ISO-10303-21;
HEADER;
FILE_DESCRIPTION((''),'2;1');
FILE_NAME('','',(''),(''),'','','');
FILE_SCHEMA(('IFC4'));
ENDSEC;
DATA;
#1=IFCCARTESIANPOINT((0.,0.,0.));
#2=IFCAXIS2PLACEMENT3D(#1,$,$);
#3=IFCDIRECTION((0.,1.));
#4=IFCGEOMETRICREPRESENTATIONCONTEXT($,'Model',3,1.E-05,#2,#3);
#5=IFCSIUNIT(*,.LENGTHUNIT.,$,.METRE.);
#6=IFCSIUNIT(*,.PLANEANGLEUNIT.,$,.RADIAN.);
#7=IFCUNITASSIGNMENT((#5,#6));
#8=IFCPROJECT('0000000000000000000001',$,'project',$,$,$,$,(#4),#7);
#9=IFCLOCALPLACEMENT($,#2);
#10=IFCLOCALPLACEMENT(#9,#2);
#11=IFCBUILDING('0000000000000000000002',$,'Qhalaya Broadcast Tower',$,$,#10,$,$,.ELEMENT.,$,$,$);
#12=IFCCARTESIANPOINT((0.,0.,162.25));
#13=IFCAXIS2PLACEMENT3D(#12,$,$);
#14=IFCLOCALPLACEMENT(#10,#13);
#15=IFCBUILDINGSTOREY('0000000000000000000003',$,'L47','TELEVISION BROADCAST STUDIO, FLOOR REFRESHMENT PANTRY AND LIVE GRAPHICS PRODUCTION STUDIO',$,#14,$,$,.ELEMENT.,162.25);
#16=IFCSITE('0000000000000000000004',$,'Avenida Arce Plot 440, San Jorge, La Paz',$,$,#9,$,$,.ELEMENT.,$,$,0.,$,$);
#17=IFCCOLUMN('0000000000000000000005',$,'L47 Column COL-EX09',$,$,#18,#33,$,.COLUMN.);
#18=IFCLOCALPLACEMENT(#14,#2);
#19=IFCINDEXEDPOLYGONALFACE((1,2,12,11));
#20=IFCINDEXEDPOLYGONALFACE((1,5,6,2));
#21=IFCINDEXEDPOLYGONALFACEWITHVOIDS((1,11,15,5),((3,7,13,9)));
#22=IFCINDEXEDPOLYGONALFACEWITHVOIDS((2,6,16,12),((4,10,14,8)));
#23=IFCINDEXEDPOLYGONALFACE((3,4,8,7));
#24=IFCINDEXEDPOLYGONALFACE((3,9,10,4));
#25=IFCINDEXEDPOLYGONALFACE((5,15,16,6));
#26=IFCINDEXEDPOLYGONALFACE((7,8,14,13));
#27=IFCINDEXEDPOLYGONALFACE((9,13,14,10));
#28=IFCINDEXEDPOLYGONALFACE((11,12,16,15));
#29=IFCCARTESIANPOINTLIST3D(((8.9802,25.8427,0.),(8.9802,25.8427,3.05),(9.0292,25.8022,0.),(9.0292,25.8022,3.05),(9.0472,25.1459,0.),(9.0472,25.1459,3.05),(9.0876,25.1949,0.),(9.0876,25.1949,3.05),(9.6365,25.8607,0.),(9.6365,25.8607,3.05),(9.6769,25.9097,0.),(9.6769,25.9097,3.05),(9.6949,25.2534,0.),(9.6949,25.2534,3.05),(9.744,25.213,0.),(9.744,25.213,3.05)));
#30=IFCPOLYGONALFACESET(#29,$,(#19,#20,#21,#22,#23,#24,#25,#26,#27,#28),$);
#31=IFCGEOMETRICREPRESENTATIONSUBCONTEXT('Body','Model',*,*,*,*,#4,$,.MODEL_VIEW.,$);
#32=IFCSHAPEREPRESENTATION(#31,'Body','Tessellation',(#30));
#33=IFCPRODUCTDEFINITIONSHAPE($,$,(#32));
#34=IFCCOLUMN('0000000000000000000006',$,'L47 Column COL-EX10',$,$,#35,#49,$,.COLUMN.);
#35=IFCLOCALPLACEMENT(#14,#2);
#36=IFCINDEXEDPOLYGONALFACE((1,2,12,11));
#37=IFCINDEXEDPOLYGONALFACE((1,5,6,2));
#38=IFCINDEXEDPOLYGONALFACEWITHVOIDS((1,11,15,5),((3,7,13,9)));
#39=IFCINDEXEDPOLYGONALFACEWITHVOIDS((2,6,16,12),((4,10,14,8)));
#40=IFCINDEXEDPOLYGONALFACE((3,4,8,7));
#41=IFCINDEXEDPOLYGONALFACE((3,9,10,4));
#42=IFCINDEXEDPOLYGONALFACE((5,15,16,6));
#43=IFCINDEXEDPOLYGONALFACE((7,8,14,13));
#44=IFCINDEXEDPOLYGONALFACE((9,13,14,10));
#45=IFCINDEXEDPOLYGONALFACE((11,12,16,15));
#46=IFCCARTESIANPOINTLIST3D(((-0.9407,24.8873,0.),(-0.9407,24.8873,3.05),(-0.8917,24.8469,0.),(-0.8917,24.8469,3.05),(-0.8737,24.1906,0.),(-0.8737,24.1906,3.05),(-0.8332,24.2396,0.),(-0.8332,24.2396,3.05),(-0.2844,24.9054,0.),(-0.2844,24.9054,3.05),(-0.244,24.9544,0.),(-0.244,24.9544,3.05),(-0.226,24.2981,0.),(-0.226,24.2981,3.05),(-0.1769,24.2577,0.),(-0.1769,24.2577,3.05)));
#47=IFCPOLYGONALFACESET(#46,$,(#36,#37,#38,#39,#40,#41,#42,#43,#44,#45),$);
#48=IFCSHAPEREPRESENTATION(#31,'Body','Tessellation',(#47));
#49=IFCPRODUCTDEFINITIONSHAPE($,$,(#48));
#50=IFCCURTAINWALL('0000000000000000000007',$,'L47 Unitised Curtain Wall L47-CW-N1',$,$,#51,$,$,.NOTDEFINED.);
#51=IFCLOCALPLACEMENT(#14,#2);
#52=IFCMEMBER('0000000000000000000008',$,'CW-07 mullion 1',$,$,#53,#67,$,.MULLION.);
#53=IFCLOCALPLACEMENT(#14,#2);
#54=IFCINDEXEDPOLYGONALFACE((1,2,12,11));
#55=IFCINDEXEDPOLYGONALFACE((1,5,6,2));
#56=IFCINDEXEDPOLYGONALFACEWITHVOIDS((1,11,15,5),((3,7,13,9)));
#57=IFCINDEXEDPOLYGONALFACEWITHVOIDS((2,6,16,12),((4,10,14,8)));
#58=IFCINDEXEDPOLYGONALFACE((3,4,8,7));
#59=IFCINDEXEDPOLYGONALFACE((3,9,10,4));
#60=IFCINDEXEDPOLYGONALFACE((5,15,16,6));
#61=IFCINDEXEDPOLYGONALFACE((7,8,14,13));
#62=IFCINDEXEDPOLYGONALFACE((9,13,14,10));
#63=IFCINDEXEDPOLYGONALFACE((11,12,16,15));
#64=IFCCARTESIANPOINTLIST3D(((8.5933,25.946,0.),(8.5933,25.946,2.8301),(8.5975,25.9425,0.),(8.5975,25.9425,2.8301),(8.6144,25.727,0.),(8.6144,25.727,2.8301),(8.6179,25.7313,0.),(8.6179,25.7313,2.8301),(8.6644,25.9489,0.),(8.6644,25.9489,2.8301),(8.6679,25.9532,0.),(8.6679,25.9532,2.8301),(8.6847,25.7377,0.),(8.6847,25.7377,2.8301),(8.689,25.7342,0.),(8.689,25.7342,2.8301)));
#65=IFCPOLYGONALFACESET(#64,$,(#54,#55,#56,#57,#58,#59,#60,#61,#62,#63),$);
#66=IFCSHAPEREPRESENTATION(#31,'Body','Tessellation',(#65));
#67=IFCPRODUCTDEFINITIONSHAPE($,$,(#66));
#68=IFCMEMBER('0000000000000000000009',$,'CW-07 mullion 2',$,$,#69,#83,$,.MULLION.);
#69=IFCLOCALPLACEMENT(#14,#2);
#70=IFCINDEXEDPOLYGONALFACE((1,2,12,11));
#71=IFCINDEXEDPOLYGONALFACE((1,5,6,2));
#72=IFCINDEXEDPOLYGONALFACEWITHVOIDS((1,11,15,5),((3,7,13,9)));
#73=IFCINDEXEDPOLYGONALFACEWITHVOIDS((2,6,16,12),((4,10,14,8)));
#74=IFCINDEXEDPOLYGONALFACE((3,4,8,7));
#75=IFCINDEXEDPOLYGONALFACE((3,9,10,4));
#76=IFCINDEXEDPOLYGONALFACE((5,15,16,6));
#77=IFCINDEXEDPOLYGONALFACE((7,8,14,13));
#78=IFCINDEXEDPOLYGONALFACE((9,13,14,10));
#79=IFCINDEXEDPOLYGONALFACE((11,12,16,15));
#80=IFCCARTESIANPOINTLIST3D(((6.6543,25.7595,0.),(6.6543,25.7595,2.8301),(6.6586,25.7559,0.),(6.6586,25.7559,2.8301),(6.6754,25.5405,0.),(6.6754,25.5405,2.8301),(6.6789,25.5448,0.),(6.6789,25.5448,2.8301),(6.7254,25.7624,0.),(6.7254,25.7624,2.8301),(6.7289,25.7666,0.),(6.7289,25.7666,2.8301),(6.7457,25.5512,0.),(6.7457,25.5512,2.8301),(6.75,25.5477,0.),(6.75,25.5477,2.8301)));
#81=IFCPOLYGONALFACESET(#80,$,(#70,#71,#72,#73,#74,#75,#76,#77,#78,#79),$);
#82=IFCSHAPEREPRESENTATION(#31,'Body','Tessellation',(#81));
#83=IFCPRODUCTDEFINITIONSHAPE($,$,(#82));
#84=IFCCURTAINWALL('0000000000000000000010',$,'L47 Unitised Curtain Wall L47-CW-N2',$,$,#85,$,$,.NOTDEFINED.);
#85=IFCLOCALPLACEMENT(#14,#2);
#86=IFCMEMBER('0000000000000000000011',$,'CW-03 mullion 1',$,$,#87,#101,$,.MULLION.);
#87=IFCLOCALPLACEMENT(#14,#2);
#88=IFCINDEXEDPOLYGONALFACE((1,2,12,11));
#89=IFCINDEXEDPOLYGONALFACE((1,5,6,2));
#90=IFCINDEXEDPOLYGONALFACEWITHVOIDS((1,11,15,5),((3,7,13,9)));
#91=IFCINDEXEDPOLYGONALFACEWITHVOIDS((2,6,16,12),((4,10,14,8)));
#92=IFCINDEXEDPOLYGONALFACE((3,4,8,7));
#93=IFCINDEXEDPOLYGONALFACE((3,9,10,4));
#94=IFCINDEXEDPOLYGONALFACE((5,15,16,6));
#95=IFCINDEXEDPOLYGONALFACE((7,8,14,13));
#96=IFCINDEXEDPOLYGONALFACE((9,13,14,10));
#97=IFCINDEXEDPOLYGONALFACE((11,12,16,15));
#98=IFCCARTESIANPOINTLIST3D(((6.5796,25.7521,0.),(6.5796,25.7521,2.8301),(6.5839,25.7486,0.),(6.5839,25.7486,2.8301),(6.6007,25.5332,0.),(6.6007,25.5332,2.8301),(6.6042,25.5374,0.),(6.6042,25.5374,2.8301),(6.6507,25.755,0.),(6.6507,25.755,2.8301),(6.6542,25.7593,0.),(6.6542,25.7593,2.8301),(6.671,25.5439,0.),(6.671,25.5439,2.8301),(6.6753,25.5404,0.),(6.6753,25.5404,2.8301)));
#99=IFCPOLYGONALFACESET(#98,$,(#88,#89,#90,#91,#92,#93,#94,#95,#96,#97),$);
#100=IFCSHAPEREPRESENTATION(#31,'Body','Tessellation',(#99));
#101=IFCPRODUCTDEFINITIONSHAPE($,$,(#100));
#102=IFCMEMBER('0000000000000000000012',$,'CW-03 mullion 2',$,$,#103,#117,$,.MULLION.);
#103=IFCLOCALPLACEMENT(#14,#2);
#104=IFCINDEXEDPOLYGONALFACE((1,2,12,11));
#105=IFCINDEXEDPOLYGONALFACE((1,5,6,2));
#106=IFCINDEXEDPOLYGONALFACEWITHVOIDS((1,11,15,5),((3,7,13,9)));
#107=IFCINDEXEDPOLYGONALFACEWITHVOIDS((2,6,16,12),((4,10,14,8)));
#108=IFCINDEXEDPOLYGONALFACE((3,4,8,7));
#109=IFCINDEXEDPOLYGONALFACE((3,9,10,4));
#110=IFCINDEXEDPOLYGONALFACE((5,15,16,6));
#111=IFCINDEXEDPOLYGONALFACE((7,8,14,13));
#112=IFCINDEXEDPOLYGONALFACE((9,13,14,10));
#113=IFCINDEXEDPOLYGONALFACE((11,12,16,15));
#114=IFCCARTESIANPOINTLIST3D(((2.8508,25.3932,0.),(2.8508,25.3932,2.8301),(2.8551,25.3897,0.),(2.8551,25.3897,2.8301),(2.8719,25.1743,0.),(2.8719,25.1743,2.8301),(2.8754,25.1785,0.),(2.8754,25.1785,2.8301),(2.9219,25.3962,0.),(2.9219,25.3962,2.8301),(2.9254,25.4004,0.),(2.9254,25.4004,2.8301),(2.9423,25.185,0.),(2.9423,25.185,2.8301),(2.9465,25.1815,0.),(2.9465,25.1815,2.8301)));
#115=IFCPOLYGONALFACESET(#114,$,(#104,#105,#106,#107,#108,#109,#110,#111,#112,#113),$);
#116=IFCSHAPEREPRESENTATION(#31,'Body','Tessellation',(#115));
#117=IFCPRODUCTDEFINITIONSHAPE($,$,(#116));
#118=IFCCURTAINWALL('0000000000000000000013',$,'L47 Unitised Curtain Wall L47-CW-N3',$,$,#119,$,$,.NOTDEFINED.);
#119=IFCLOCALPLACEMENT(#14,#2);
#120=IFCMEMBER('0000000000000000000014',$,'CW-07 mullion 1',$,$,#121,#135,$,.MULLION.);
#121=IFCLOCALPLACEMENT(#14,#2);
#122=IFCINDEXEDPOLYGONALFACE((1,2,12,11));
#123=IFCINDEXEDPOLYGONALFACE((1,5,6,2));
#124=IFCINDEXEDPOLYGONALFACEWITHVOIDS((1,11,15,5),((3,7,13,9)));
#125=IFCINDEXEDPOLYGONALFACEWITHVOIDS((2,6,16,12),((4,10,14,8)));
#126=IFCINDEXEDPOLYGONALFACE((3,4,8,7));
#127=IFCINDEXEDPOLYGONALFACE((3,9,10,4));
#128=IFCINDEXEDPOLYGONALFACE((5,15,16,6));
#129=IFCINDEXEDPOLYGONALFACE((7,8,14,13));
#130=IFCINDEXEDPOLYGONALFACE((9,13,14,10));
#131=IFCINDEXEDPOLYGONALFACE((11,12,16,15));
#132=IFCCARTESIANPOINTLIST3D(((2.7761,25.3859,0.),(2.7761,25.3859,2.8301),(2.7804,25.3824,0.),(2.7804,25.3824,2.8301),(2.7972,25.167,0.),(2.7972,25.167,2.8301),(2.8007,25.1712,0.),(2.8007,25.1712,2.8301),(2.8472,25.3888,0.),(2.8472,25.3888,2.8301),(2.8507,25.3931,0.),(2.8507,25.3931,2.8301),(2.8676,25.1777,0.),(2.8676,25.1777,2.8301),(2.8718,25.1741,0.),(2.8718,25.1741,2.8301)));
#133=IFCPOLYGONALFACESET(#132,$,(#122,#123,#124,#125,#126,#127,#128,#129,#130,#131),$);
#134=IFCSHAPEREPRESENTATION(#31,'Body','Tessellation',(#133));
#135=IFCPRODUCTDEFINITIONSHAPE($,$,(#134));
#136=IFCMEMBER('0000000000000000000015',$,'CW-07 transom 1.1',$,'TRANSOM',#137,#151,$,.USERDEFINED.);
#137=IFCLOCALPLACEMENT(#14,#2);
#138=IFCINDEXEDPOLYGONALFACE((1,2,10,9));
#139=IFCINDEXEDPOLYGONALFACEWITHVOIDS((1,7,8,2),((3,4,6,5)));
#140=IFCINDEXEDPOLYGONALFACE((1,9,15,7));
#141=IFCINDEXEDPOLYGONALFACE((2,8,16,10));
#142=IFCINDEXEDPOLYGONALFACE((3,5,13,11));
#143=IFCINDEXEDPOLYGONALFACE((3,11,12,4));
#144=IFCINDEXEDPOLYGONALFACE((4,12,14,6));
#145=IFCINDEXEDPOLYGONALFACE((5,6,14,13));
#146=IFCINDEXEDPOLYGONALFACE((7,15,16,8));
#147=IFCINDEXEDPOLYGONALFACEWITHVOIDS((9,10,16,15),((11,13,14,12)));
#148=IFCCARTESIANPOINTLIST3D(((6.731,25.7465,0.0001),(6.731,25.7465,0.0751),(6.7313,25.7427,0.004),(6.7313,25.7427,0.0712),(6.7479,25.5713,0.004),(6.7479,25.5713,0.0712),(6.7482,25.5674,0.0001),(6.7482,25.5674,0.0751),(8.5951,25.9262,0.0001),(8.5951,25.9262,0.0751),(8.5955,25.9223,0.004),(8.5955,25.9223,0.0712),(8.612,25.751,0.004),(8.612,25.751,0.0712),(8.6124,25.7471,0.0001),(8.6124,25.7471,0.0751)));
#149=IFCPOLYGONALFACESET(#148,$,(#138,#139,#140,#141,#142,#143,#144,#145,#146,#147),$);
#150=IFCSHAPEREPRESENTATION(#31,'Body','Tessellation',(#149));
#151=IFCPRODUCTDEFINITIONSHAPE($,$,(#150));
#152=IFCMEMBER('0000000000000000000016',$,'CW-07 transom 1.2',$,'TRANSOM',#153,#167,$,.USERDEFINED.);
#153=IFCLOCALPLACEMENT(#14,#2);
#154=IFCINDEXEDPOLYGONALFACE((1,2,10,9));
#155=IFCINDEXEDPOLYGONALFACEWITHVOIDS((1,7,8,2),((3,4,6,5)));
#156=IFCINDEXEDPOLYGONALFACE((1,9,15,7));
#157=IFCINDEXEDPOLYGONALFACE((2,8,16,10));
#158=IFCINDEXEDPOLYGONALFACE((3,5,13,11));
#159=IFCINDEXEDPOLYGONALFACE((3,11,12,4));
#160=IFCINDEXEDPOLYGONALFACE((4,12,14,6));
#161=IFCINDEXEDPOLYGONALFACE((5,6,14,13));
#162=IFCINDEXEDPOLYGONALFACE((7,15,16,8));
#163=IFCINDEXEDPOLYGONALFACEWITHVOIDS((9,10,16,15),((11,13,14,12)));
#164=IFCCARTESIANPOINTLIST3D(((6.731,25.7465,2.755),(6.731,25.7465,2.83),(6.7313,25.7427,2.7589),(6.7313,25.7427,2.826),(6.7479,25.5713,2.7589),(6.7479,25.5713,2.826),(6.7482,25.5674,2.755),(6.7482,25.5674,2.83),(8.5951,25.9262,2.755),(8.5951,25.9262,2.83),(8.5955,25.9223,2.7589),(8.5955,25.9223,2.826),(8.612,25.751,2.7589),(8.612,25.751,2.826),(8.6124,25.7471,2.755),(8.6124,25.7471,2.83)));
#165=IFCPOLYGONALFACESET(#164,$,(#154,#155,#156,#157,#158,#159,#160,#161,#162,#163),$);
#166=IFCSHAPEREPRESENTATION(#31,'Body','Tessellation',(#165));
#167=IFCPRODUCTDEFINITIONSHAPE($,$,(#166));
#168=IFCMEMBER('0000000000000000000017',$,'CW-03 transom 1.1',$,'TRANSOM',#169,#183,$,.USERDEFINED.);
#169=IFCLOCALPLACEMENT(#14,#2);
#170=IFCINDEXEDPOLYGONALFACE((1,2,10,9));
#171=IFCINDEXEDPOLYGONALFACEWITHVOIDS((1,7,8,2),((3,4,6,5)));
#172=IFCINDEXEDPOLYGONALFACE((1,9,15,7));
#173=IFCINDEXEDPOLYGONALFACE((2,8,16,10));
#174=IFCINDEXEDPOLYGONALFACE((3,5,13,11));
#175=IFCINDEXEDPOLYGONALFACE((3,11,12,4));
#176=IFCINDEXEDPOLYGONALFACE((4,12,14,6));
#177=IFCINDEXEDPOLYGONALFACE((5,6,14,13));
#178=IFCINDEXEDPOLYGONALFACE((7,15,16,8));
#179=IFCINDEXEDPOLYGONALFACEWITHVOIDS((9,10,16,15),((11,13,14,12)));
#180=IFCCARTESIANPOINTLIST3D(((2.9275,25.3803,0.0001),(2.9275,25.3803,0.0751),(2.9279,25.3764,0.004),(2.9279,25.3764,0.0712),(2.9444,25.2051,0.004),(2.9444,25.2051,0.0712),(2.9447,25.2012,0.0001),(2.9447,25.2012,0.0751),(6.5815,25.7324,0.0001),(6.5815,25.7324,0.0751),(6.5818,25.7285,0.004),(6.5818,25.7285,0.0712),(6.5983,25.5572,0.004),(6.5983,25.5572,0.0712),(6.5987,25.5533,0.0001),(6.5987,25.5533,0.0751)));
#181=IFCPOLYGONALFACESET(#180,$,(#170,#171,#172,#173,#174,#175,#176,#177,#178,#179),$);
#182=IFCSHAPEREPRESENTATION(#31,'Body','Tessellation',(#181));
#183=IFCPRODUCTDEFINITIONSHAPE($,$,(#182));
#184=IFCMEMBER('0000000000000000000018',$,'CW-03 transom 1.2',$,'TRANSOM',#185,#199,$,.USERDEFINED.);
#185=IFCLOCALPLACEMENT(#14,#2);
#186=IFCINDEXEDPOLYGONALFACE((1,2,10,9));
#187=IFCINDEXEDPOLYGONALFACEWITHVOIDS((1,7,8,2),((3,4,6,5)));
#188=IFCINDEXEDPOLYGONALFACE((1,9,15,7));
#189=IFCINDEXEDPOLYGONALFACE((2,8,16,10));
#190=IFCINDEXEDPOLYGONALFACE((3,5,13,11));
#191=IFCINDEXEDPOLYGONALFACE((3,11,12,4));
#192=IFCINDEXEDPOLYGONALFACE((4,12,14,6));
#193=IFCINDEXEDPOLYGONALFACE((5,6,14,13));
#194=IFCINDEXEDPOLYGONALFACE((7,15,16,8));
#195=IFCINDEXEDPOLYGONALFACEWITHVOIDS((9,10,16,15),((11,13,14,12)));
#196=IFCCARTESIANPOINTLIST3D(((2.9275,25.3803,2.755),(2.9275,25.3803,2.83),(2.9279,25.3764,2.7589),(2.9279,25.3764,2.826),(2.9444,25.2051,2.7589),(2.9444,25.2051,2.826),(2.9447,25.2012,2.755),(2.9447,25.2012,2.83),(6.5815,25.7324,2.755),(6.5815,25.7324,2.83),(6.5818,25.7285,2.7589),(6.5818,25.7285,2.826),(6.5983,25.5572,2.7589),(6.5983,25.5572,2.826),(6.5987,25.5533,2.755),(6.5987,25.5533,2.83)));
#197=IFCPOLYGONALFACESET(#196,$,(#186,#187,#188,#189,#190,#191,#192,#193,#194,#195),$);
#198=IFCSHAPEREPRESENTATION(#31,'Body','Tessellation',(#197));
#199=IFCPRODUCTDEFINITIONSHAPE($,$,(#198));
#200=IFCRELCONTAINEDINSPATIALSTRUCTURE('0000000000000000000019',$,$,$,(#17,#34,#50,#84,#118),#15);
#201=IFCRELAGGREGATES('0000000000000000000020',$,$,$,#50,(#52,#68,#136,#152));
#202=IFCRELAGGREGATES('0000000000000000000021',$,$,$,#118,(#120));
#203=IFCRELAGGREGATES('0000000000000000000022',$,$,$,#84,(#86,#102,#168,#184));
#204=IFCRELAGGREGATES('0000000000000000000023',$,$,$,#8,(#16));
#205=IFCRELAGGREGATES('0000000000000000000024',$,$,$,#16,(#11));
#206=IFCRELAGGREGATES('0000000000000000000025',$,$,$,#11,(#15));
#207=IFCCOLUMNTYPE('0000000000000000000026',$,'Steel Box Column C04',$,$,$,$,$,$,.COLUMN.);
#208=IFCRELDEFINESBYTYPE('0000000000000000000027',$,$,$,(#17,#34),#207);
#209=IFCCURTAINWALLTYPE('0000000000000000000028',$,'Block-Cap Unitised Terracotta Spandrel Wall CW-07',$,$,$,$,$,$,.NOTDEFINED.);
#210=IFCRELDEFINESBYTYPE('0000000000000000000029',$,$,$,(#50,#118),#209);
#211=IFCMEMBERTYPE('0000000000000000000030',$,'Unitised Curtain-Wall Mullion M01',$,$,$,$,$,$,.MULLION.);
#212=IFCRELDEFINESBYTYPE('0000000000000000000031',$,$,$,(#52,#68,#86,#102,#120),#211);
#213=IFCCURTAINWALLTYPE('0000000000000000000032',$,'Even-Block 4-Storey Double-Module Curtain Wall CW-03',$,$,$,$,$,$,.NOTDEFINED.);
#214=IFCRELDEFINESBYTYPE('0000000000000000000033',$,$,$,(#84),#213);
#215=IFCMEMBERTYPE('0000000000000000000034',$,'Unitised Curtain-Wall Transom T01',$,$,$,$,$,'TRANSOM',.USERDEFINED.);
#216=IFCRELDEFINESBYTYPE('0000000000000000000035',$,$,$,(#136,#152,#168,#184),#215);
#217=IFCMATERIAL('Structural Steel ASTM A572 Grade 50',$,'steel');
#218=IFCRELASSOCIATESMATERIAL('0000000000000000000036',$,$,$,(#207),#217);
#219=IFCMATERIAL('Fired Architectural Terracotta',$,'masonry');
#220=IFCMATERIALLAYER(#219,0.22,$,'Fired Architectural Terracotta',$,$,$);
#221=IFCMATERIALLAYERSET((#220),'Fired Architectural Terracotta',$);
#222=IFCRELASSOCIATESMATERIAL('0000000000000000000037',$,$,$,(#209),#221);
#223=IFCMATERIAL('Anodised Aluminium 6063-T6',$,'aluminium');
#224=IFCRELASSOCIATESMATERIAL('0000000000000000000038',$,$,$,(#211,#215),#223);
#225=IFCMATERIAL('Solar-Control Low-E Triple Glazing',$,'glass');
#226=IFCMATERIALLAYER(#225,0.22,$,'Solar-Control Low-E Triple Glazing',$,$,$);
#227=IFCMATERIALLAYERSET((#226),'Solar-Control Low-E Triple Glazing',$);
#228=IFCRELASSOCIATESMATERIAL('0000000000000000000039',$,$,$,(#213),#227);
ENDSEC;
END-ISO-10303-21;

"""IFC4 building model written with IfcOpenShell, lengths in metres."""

from ifc_helpers import new_model, si_unit, direction, frame, origin, origin_2d, place, context, subcontext, project, spatial, hollow_rectangle, extrude, material, layer, layer_set, material_profile, profile_set, type_object, element, aggregate, save


model = new_model("IFC4")

# Units and contexts
model_context = context("Model", 3, precision=1e-05, world=origin(), true_north=direction((0.0, 1.0)))
body_context = subcontext(model_context, "Body", "Model", "MODEL_VIEW")
ifc_project = project(units=[si_unit("LENGTHUNIT", "METRE"), si_unit("PLANEANGLEUNIT", "RADIAN")], contexts=[model_context])

# Site, building, storey
site_placement = place(None, origin())
site = spatial("IfcSite", under=ifc_project, at=site_placement, Name="Avenida Arce Plot 440, San Jorge, La Paz", CompositionType="ELEMENT", RefElevation=0.0)
building_placement = place(site_placement, origin())
building = spatial("IfcBuilding", under=site, at=building_placement, Name="Qhalaya Broadcast Tower", CompositionType="ELEMENT")
storey_placement = place(building_placement, frame((0.0, 0.0, 162.25)))
storey = spatial("IfcBuildingStorey", under=building, at=storey_placement, Name="L47", Description="TELEVISION BROADCAST STUDIO, FLOOR REFRESHMENT PANTRY AND LIVE GRAPHICS PRODUCTION STUDIO", CompositionType="ELEMENT", Elevation=162.25)

# Columns
ifc_material_1 = material(Name="Structural Steel ASTM A572 Grade 50", Category="steel")
ifc_material_profile_1 = material_profile(ifc_material_1, hollow_rectangle(XDim=0.7, YDim=0.7, WallThickness=0.0449, at=origin_2d()), Name="BOX 700x700x45")
ifc_profile_set_1 = profile_set([ifc_material_profile_1], Name="Structural Steel ASTM A572 Grade 50")
column_type = type_object("IfcColumnType", Name="Steel Box Column C04", PredefinedType="COLUMN", material=ifc_profile_set_1)
for number, where, z_axis, x_axis, name in (
    (1, (9.3621, 25.5278, 0.0), (0.0, 0.0, 1.0), (0.995396, 0.095846, 0.0), "L47 Column COL-EX09"),
    (2, (-0.5588, 24.5725, 0.0), (0.0, 0.0, 1.0), (0.995396, 0.095846, 0.0), "L47 Column COL-EX10"),
):
    element("IfcColumn", number, at=place(storey_placement, frame(where, z_axis=z_axis, x_axis=x_axis)), inside=storey, type_object=column_type, Name=name, PredefinedType="COLUMN", context=body_context, shape_type="SweptSolid", body=[
        extrude(hollow_rectangle(XDim=0.7, YDim=0.7, WallThickness=0.0449, at=origin_2d()), origin(), (0.0, 0.0, 1.0), 3.05),
    ])

# Curtain walls, members
ifc_material_2 = material(Name="Fired Architectural Terracotta", Category="masonry")
ifc_layer_1 = layer(ifc_material_2, 0.22, Name="Fired Architectural Terracotta")
ifc_layer_set_1 = layer_set([ifc_layer_1], Name="Fired Architectural Terracotta")
curtain_wall_type_1 = type_object("IfcCurtainWallType", Name="Block-Cap Unitised Terracotta Spandrel Wall CW-07", PredefinedType="NOTDEFINED", material=ifc_layer_set_1)
curtain_wall_1_placement = place(storey_placement, origin())
curtain_wall_1 = element("IfcCurtainWall", 3, at=curtain_wall_1_placement, inside=storey, type_object=curtain_wall_type_1, Name="L47 Unitised Curtain Wall L47-CW-N1", PredefinedType="NOTDEFINED")
ifc_material_3 = material(Name="Anodised Aluminium 6063-T6", Category="aluminium")
ifc_material_profile_2 = material_profile(ifc_material_3, hollow_rectangle(XDim=0.075, YDim=0.22, WallThickness=0.0039, at=origin_2d()), Name="ALU-MUL 75x220x4")
ifc_profile_set_2 = profile_set([ifc_material_profile_2], Name="Anodised Aluminium 6063-T6")
member_type_1 = type_object("IfcMemberType", Name="Unitised Curtain-Wall Mullion M01", PredefinedType="MULLION", material=ifc_profile_set_2)
member_1_placement = place(storey_placement, frame((8.6411, 25.8401, 0.0), z_axis=(0.0, 0.0, 1.0), x_axis=(-0.995396, -0.095847, 0.0)))
member_1 = element("IfcMember", 4, at=member_1_placement, type_object=member_type_1, Name="CW-07 mullion 1", PredefinedType="MULLION", context=body_context, shape_type="SweptSolid", body=[
    extrude(hollow_rectangle(XDim=0.075, YDim=0.22, WallThickness=0.0039, at=origin_2d()), origin(), (0.0, 0.0, 1.0), 2.8301),
])
member_2_placement = place(storey_placement, frame((6.7021, 25.6536, 0.0), z_axis=(0.0, 0.0, 1.0), x_axis=(-0.995396, -0.095847, 0.0)))
member_2 = element("IfcMember", 5, at=member_2_placement, type_object=member_type_1, Name="CW-07 mullion 2", PredefinedType="MULLION", context=body_context, shape_type="SweptSolid", body=[
    extrude(hollow_rectangle(XDim=0.075, YDim=0.22, WallThickness=0.0039, at=origin_2d()), origin(), (0.0, 0.0, 1.0), 2.8301),
])
ifc_material_4 = material(Name="Solar-Control Low-E Triple Glazing", Category="glass")
ifc_layer_2 = layer(ifc_material_4, 0.22, Name="Solar-Control Low-E Triple Glazing")
ifc_layer_set_2 = layer_set([ifc_layer_2], Name="Solar-Control Low-E Triple Glazing")
curtain_wall_type_2 = type_object("IfcCurtainWallType", Name="Even-Block 4-Storey Double-Module Curtain Wall CW-03", PredefinedType="NOTDEFINED", material=ifc_layer_set_2)
curtain_wall_2_placement = place(storey_placement, origin())
curtain_wall_2 = element("IfcCurtainWall", 6, at=curtain_wall_2_placement, inside=storey, type_object=curtain_wall_type_2, Name="L47 Unitised Curtain Wall L47-CW-N2", PredefinedType="NOTDEFINED")
member_3_placement = place(storey_placement, frame((6.6274, 25.6462, 0.0), z_axis=(0.0, 0.0, 1.0), x_axis=(-0.995397, -0.095839, 0.0)))
member_3 = element("IfcMember", 7, at=member_3_placement, type_object=member_type_1, Name="CW-03 mullion 1", PredefinedType="MULLION", context=body_context, shape_type="SweptSolid", body=[
    extrude(hollow_rectangle(XDim=0.075, YDim=0.22, WallThickness=0.0039, at=origin_2d()), origin(), (0.0, 0.0, 1.0), 2.8301),
])
member_4_placement = place(storey_placement, frame((2.8987, 25.2874, 0.0), z_axis=(0.0, 0.0, 1.0), x_axis=(-0.995397, -0.095839, 0.0)))
member_4 = element("IfcMember", 8, at=member_4_placement, type_object=member_type_1, Name="CW-03 mullion 2", PredefinedType="MULLION", context=body_context, shape_type="SweptSolid", body=[
    extrude(hollow_rectangle(XDim=0.075, YDim=0.22, WallThickness=0.0039, at=origin_2d()), origin(), (0.0, 0.0, 1.0), 2.8301),
])

# Curtain wall, member
curtain_wall_3_placement = place(storey_placement, origin())
curtain_wall_3 = element("IfcCurtainWall", 9, at=curtain_wall_3_placement, inside=storey, type_object=curtain_wall_type_1, Name="L47 Unitised Curtain Wall L47-CW-N3", PredefinedType="NOTDEFINED")
member_5_placement = place(storey_placement, frame((2.824, 25.28, 0.0), z_axis=(0.0, 0.0, 1.0), x_axis=(-0.995396, -0.095844, 0.0)))
member_5 = element("IfcMember", 10, at=member_5_placement, type_object=member_type_1, Name="CW-07 mullion 1", PredefinedType="MULLION", context=body_context, shape_type="SweptSolid", body=[
    extrude(hollow_rectangle(XDim=0.075, YDim=0.22, WallThickness=0.0039, at=origin_2d()), origin(), (0.0, 0.0, 1.0), 2.8301),
])

# Members
ifc_material_profile_3 = material_profile(ifc_material_3, hollow_rectangle(XDim=0.075, YDim=0.1799, WallThickness=0.0039, at=origin_2d()), Name="ALU-TRN 75x180x4")
ifc_profile_set_3 = profile_set([ifc_material_profile_3], Name="Anodised Aluminium 6063-T6")
member_type_2 = type_object("IfcMemberType", Name="Unitised Curtain-Wall Transom T01", ElementType="TRANSOM", PredefinedType="USERDEFINED", material=ifc_profile_set_3)
member_6_placement = place(storey_placement, frame((8.6038, 25.8367, 0.0376), z_axis=(-0.995387, -0.095941, 0.0), x_axis=(0.0, 0.0, 1.0)))
member_6 = element("IfcMember", 11, at=member_6_placement, type_object=member_type_2, Name="CW-07 transom 1.1", ObjectType="TRANSOM", PredefinedType="USERDEFINED", context=body_context, shape_type="SweptSolid", body=[
    extrude(hollow_rectangle(XDim=0.075, YDim=0.1799, WallThickness=0.0039, at=origin_2d()), origin(), (0.0, 0.0, 1.0), 1.8728),
])
member_7_placement = place(storey_placement, frame((8.6038, 25.8367, 2.7925), z_axis=(-0.995387, -0.095941, 0.0), x_axis=(0.0, 0.0, 1.0)))
member_7 = element("IfcMember", 12, at=member_7_placement, type_object=member_type_2, Name="CW-07 transom 1.2", ObjectType="TRANSOM", PredefinedType="USERDEFINED", context=body_context, shape_type="SweptSolid", body=[
    extrude(hollow_rectangle(XDim=0.075, YDim=0.1799, WallThickness=0.0039, at=origin_2d()), origin(), (0.0, 0.0, 1.0), 1.8728),
])
member_8_placement = place(storey_placement, frame((6.5901, 25.6428, 0.0376), z_axis=(-0.995391, -0.095901, 0.0), x_axis=(0.0, 0.0, 1.0)))
member_8 = element("IfcMember", 13, at=member_8_placement, type_object=member_type_2, Name="CW-03 transom 1.1", ObjectType="TRANSOM", PredefinedType="USERDEFINED", context=body_context, shape_type="SweptSolid", body=[
    extrude(hollow_rectangle(XDim=0.075, YDim=0.1799, WallThickness=0.0039, at=origin_2d()), origin(), (0.0, 0.0, 1.0), 3.6709),
])
member_9_placement = place(storey_placement, frame((6.5901, 25.6428, 2.7925), z_axis=(-0.995391, -0.095901, 0.0), x_axis=(0.0, 0.0, 1.0)))
member_9 = element("IfcMember", 14, at=member_9_placement, type_object=member_type_2, Name="CW-03 transom 1.2", ObjectType="TRANSOM", PredefinedType="USERDEFINED", context=body_context, shape_type="SweptSolid", body=[
    extrude(hollow_rectangle(XDim=0.075, YDim=0.1799, WallThickness=0.0039, at=origin_2d()), origin(), (0.0, 0.0, 1.0), 3.6709),
])

aggregate(curtain_wall_1, [member_1, member_2, member_6, member_7])
aggregate(curtain_wall_3, [member_5])
aggregate(curtain_wall_2, [member_3, member_4, member_8, member_9])

save(model, "model.ifc")
